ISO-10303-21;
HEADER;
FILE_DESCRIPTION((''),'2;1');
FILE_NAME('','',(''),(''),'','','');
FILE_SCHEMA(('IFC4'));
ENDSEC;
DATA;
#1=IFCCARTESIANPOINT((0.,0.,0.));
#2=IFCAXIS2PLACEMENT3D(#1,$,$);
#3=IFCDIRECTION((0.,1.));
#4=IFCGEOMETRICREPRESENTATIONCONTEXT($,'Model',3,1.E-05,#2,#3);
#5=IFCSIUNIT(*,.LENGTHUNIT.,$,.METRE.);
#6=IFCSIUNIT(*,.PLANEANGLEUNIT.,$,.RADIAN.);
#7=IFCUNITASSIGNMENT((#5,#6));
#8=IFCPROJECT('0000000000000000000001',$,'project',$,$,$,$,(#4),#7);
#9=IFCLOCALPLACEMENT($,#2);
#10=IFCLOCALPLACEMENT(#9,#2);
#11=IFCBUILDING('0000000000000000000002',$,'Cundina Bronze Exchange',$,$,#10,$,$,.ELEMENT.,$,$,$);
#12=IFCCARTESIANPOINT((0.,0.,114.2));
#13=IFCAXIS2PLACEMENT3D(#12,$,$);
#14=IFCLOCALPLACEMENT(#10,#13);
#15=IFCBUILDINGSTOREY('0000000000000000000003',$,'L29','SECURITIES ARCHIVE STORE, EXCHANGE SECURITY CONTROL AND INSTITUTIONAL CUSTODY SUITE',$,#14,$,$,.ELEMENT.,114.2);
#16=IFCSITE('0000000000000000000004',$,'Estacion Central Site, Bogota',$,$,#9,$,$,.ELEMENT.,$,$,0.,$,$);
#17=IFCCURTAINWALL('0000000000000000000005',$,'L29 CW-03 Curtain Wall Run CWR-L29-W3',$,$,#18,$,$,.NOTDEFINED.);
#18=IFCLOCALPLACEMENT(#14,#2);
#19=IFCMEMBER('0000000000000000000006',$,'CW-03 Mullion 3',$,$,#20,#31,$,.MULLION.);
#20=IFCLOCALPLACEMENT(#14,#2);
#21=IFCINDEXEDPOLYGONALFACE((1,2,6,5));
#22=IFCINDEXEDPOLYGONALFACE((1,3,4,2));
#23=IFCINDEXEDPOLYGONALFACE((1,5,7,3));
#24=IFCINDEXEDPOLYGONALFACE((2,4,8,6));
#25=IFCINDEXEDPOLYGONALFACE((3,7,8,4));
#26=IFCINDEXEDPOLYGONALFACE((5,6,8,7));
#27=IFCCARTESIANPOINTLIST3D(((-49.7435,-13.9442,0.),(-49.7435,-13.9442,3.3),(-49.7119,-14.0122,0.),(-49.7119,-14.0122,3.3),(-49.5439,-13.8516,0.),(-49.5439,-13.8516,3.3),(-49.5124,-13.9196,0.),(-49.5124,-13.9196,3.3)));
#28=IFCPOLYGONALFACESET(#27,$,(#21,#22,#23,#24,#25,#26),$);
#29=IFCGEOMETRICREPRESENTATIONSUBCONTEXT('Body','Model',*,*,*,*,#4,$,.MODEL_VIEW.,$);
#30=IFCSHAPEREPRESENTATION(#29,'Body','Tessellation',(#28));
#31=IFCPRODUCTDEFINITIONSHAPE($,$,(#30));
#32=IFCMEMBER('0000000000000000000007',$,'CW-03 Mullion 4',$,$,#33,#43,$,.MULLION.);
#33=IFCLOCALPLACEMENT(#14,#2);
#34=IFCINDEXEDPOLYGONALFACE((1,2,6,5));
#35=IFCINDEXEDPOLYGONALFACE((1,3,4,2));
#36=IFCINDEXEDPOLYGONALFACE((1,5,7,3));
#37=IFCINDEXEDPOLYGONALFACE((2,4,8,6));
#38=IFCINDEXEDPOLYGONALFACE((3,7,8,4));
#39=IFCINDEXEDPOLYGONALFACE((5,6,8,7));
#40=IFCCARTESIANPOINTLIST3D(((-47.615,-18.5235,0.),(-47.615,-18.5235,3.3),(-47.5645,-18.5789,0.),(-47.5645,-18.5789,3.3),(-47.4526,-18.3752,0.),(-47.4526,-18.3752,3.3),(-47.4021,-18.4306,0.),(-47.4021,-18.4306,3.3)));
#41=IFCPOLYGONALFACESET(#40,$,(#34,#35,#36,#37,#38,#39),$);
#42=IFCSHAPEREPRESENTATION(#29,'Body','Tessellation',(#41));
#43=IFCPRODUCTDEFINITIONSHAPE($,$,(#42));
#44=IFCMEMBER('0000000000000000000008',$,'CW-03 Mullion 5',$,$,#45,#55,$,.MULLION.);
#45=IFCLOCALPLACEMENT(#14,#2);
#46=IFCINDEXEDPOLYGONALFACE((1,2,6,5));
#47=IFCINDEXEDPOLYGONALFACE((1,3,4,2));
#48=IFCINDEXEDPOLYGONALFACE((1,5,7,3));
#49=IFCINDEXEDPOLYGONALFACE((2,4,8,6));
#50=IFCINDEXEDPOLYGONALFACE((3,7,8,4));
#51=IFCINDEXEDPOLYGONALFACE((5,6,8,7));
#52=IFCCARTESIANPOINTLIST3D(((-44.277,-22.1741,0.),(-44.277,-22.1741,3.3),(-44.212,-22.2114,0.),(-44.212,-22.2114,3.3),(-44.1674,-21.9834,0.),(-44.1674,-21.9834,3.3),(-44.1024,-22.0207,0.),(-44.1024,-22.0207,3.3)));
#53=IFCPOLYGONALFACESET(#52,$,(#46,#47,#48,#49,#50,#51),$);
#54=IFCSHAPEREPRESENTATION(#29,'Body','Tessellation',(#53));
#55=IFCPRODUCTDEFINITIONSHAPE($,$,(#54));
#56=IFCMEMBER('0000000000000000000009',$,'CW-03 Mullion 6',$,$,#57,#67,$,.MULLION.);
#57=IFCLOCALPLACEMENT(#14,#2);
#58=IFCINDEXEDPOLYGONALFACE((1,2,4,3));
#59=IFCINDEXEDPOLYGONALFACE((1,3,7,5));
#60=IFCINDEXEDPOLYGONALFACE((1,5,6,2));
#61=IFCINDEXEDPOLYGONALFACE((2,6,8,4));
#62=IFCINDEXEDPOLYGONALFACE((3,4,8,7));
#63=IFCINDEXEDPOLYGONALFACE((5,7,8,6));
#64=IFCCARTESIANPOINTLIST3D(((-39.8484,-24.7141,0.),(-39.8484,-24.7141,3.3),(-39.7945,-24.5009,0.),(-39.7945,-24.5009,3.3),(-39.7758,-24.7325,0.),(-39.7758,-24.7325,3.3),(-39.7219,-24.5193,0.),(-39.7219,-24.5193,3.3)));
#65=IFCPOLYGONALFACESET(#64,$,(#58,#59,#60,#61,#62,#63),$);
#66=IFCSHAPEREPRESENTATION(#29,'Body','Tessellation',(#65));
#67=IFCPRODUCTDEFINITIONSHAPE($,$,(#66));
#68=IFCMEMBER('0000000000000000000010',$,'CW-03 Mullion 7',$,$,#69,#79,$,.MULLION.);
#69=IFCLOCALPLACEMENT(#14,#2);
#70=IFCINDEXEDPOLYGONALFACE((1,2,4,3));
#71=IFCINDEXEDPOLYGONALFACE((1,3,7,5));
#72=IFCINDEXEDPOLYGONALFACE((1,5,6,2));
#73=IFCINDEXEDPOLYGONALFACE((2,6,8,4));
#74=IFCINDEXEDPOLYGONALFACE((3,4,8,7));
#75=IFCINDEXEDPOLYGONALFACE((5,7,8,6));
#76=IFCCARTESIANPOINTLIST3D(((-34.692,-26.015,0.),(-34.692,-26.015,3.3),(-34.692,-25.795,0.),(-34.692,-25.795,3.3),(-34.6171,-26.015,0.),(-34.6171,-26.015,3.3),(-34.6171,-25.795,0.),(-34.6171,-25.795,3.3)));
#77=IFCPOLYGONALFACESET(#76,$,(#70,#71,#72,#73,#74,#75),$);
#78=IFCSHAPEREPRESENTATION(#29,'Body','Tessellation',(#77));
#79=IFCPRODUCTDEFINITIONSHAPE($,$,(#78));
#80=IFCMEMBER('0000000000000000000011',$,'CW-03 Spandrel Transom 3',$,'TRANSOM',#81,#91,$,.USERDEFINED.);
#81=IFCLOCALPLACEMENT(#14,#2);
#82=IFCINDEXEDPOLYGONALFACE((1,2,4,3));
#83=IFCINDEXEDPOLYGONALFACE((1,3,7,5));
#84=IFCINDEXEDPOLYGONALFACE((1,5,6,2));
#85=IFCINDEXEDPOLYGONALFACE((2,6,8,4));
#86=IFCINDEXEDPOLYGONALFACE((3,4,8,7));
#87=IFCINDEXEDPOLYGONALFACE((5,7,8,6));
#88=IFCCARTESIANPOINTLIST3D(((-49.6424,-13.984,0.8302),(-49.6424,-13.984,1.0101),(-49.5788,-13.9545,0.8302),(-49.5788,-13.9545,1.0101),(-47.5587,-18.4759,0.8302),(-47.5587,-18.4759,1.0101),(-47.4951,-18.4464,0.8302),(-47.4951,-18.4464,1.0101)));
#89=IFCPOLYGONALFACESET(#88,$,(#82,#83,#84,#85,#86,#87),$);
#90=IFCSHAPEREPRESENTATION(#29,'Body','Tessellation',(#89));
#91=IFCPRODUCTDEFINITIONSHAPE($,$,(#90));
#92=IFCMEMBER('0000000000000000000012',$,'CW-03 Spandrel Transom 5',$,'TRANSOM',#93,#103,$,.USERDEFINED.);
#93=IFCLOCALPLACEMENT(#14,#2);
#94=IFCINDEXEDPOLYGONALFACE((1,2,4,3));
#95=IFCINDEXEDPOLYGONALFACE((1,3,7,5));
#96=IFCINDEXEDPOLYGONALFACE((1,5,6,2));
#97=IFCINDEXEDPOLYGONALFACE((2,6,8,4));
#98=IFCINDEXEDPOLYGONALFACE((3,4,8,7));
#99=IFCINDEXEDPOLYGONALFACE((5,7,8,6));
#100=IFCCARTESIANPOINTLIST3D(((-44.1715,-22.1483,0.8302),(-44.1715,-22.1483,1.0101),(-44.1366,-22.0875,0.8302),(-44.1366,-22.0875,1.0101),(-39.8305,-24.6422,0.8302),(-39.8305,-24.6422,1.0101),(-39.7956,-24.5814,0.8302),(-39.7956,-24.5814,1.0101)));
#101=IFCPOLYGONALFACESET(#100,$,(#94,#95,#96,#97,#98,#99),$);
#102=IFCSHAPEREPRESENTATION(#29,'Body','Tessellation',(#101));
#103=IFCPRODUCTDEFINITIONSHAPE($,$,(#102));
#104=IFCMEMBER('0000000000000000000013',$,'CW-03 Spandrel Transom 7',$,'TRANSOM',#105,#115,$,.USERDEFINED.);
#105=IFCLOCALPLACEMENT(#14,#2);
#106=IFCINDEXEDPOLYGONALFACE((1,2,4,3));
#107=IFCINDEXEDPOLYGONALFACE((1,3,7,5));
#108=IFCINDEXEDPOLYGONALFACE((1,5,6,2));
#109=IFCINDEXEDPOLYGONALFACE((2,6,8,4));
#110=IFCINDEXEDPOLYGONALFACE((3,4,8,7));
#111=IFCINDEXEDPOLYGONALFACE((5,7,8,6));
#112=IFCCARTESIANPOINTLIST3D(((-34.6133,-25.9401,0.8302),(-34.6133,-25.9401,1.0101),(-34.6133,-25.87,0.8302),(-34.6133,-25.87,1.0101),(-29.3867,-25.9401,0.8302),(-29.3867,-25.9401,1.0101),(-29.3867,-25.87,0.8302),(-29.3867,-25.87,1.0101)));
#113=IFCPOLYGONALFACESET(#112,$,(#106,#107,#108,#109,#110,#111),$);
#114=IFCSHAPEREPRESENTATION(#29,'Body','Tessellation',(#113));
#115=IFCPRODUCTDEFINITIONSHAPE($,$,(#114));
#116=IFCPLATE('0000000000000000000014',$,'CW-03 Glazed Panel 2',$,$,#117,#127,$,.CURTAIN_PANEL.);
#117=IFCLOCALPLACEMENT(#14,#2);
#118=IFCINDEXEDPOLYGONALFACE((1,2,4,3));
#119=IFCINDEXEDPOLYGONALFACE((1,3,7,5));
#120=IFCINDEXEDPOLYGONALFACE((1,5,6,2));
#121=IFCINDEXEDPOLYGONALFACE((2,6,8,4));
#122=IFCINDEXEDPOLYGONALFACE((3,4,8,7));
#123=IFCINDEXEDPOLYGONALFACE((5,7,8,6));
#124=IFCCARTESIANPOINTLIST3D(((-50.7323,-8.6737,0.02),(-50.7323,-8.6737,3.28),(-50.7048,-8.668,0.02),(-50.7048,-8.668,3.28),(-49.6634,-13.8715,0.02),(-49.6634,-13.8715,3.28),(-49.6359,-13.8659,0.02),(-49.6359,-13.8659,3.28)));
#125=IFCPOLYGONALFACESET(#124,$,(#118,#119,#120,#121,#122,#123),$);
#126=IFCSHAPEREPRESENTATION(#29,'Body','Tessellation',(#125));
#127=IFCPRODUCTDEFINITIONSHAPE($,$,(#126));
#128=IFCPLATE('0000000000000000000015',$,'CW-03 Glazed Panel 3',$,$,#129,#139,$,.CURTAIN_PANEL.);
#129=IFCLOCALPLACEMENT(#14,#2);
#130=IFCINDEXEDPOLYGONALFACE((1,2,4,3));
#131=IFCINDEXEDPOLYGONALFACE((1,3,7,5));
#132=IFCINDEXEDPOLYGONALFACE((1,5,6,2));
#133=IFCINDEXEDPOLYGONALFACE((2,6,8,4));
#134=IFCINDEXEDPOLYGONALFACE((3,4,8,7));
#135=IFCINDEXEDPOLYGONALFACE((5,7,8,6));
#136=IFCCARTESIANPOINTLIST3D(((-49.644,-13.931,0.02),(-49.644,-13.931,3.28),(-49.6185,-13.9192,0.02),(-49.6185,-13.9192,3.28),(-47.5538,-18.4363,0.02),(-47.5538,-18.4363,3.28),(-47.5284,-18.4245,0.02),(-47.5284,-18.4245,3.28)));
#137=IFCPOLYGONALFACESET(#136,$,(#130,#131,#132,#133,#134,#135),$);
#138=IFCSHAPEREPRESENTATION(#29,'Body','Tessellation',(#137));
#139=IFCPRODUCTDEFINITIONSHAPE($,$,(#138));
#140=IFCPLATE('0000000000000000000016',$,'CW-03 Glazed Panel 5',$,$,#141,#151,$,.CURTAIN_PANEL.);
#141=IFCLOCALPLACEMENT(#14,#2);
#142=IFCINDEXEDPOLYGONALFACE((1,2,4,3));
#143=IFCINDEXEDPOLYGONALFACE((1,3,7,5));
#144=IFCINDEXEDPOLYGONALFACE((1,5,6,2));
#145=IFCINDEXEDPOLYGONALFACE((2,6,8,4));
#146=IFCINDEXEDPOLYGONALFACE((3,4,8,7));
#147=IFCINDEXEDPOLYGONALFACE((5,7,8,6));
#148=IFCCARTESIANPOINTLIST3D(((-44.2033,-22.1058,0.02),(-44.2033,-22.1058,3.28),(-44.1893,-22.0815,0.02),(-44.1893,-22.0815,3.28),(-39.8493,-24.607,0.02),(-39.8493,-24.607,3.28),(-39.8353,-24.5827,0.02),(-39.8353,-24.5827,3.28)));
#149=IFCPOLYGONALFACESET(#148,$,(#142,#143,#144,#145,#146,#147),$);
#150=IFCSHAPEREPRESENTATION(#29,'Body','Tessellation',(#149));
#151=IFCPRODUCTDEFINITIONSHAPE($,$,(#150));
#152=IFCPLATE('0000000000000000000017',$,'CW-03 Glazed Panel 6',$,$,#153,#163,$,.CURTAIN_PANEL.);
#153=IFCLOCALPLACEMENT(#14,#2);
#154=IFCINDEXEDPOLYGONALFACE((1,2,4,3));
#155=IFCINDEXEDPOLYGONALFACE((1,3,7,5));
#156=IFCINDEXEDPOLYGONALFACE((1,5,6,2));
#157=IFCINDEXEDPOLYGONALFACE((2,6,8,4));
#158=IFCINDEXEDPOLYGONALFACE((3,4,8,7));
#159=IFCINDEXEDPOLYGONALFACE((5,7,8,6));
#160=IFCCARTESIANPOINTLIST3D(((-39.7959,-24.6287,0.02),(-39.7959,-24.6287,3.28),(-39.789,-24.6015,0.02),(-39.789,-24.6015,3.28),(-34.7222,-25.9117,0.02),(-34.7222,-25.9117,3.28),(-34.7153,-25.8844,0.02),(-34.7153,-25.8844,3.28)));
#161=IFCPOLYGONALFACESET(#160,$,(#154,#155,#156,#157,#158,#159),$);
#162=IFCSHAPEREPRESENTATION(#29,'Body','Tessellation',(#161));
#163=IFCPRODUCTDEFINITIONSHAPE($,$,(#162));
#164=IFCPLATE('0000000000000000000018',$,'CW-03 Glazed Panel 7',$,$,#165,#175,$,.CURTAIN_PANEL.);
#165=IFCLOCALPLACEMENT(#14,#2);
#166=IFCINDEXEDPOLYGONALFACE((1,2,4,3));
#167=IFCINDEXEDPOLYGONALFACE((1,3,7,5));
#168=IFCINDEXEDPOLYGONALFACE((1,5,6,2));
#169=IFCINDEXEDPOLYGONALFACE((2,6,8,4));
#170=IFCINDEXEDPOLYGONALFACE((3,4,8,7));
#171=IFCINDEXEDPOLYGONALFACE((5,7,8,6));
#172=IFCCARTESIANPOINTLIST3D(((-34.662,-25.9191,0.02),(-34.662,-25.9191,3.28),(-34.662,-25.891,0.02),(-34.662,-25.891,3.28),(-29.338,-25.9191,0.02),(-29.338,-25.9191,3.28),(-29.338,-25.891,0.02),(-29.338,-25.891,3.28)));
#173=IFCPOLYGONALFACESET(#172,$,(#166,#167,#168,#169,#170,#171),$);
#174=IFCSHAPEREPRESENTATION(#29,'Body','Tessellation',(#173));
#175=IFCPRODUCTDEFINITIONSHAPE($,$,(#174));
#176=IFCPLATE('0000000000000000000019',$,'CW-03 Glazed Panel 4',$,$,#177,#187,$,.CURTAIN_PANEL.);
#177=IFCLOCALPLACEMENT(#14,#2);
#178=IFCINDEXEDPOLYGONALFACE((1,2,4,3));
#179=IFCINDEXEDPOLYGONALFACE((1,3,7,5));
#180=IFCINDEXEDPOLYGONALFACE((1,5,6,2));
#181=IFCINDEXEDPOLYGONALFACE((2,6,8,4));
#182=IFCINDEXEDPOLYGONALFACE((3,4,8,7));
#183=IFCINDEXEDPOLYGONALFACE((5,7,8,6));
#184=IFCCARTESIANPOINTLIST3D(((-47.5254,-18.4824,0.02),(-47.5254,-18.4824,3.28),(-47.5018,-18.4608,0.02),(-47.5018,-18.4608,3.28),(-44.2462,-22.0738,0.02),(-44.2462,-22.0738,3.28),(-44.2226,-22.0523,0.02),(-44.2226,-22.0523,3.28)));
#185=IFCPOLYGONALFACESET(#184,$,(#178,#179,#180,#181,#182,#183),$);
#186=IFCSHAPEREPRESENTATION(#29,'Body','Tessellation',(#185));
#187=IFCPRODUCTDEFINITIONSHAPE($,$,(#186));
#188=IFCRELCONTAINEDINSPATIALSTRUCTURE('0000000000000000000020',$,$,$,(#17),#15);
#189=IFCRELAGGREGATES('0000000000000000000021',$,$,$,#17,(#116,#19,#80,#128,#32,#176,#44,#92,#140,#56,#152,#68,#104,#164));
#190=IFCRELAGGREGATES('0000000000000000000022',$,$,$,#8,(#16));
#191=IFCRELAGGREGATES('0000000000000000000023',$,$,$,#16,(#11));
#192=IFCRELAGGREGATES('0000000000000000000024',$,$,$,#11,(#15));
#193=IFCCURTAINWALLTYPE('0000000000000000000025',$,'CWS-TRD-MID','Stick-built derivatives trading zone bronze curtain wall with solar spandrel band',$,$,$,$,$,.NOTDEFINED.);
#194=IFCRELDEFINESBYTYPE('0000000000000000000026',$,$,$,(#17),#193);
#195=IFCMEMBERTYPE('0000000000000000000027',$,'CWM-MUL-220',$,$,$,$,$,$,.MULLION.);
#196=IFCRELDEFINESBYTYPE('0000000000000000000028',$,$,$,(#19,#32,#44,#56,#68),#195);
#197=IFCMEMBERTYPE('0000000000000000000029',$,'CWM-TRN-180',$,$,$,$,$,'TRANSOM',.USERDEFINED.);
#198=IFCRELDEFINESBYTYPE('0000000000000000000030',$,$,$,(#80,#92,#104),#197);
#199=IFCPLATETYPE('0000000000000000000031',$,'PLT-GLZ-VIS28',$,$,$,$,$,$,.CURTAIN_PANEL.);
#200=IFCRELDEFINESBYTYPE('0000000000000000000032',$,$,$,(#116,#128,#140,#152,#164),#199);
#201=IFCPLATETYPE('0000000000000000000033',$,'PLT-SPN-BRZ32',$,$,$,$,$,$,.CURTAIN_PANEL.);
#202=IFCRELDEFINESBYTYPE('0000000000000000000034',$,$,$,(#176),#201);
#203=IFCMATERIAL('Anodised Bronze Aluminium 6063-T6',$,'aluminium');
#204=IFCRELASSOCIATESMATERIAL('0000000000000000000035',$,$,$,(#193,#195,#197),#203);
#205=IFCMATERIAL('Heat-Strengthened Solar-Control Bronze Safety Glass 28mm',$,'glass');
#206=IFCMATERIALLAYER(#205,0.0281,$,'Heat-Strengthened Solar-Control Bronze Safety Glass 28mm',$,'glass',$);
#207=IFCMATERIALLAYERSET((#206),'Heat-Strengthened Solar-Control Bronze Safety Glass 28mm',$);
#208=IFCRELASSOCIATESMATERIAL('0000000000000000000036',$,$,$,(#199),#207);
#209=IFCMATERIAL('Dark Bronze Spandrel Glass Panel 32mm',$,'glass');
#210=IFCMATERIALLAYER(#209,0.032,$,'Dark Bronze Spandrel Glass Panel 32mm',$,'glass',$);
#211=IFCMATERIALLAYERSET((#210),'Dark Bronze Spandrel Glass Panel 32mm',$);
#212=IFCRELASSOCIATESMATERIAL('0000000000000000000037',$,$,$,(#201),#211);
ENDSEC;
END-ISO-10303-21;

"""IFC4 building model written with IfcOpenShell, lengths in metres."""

from ifc_helpers import new_model, si_unit, direction, frame, origin, origin_2d, place, context, subcontext, project, spatial, rectangle, extrude, material, layer, layer_set, material_profile, profile_set, type_object, element, aggregate, save


model = new_model("IFC4")

# Units and contexts
model_context = context("Model", 3, precision=1e-05, world=origin(), true_north=direction((0.0, 1.0)))
body_context = subcontext(model_context, "Body", "Model", "MODEL_VIEW")
ifc_project = project(units=[si_unit("LENGTHUNIT", "METRE"), si_unit("PLANEANGLEUNIT", "RADIAN")], contexts=[model_context])

# Site, building, storey
site_placement = place(None, origin())
site = spatial("IfcSite", under=ifc_project, at=site_placement, Name="Estacion Central Site, Bogota", CompositionType="ELEMENT", RefElevation=0.0)
building_placement = place(site_placement, origin())
building = spatial("IfcBuilding", under=site, at=building_placement, Name="Cundina Bronze Exchange", CompositionType="ELEMENT")
storey_placement = place(building_placement, frame((0.0, 0.0, 114.2)))
storey = spatial("IfcBuildingStorey", under=building, at=storey_placement, Name="L29", Description="SECURITIES ARCHIVE STORE, EXCHANGE SECURITY CONTROL AND INSTITUTIONAL CUSTODY SUITE", CompositionType="ELEMENT", Elevation=114.2)

# Curtain wall, members, plates
ifc_material_1 = material(Name="Anodised Bronze Aluminium 6063-T6", Category="aluminium")
curtain_wall_type = type_object("IfcCurtainWallType", Name="CWS-TRD-MID", Description="Stick-built derivatives trading zone bronze curtain wall with solar spandrel band", PredefinedType="NOTDEFINED", material=ifc_material_1)
curtain_wall_placement = place(storey_placement, origin())
curtain_wall = element("IfcCurtainWall", 1, at=curtain_wall_placement, inside=storey, type_object=curtain_wall_type, Name="L29 CW-03 Curtain Wall Run CWR-L29-W3", PredefinedType="NOTDEFINED")
ifc_material_profile_1 = material_profile(ifc_material_1, rectangle(XDim=0.075, YDim=0.22, at=origin_2d()), Name="AL75X220", Category="aluminium")
ifc_profile_set_1 = profile_set([ifc_material_profile_1], Name="Anodised Bronze Aluminium 6063-T6")
member_type_1 = type_object("IfcMemberType", Name="CWM-MUL-220", PredefinedType="MULLION", material=ifc_profile_set_1)
member_1_placement = place(storey_placement, frame((-49.6279, -13.9319, 0.0), z_axis=(0.0, 0.0, 1.0), x_axis=(0.420877, -0.907117, 0.0)))
member_1 = element("IfcMember", 2, at=member_1_placement, type_object=member_type_1, Name="CW-03 Mullion 3", PredefinedType="MULLION", context=body_context, shape_type="SweptSolid", body=[
    extrude(rectangle(XDim=0.075, YDim=0.22, at=origin_2d()), origin(), (0.0, 0.0, 1.0), 3.3),
])
member_2_placement = place(storey_placement, frame((-47.5085, -18.4771, 0.0), z_axis=(0.0, 0.0, 1.0), x_axis=(0.674302, -0.738455, 0.0)))
member_2 = element("IfcMember", 3, at=member_2_placement, type_object=member_type_1, Name="CW-03 Mullion 4", PredefinedType="MULLION", context=body_context, shape_type="SweptSolid", body=[
    extrude(rectangle(XDim=0.075, YDim=0.22, at=origin_2d()), origin(), (0.0, 0.0, 1.0), 3.3),
])
member_3_placement = place(storey_placement, frame((-44.1897, -22.0974, 0.0), z_axis=(0.0, 0.0, 1.0), x_axis=(0.867071, -0.498185, 0.0)))
member_3 = element("IfcMember", 4, at=member_3_placement, type_object=member_type_1, Name="CW-03 Mullion 5", PredefinedType="MULLION", context=body_context, shape_type="SweptSolid", body=[
    extrude(rectangle(XDim=0.075, YDim=0.22, at=origin_2d()), origin(), (0.0, 0.0, 1.0), 3.3),
])
member_4_placement = place(storey_placement, frame((-39.7852, -24.6167, 0.0), z_axis=(0.0, 0.0, 1.0), x_axis=(0.969488, -0.245138, 0.0)))
member_4 = element("IfcMember", 5, at=member_4_placement, type_object=member_type_1, Name="CW-03 Mullion 6", PredefinedType="MULLION", context=body_context, shape_type="SweptSolid", body=[
    extrude(rectangle(XDim=0.075, YDim=0.22, at=origin_2d()), origin(), (0.0, 0.0, 1.0), 3.3),
])
member_5_placement = place(storey_placement, frame((-34.6545, -25.905, 0.0), z_axis=(0.0, 0.0, 1.0), x_axis=(1.0, 0.0, 0.0)))
member_5 = element("IfcMember", 6, at=member_5_placement, type_object=member_type_1, Name="CW-03 Mullion 7", PredefinedType="MULLION", context=body_context, shape_type="SweptSolid", body=[
    extrude(rectangle(XDim=0.075, YDim=0.22, at=origin_2d()), origin(), (0.0, 0.0, 1.0), 3.3),
])
ifc_material_profile_2 = material_profile(ifc_material_1, rectangle(XDim=0.0701, YDim=0.1799, at=origin_2d()), Name="AL70X180", Category="aluminium")
ifc_profile_set_2 = profile_set([ifc_material_profile_2], Name="Anodised Bronze Aluminium 6063-T6")
member_type_2 = type_object("IfcMemberType", Name="CWM-TRN-180", ElementType="TRANSOM", PredefinedType="USERDEFINED", material=ifc_profile_set_2)
member_6_placement = place(storey_placement, frame((-49.6106, -13.9692, 0.9202), z_axis=(0.420811, -0.907148, 0.0), x_axis=(0.907148, 0.420811, 0.0)))
member_6 = element("IfcMember", 7, at=member_6_placement, type_object=member_type_2, Name="CW-03 Spandrel Transom 3", ObjectType="TRANSOM", PredefinedType="USERDEFINED", context=body_context, shape_type="SweptSolid", body=[
    extrude(rectangle(XDim=0.0701, YDim=0.1799, at=origin_2d()), origin(), (0.0, 0.0, 1.0), 4.9517),
])
member_7_placement = place(storey_placement, frame((-44.1541, -22.1179, 0.9202), z_axis=(0.867097, -0.498139, 0.0), x_axis=(0.498139, 0.867097, 0.0)))
member_7 = element("IfcMember", 8, at=member_7_placement, type_object=member_type_2, Name="CW-03 Spandrel Transom 5", ObjectType="TRANSOM", PredefinedType="USERDEFINED", context=body_context, shape_type="SweptSolid", body=[
    extrude(rectangle(XDim=0.0701, YDim=0.1799, at=origin_2d()), origin(), (0.0, 0.0, 1.0), 5.0063),
])
member_8_placement = place(storey_placement, frame((-34.6133, -25.905, 0.9202), z_axis=(1.0, 0.0, 0.0), x_axis=(0.0, 1.0, 0.0)))
member_8 = element("IfcMember", 9, at=member_8_placement, type_object=member_type_2, Name="CW-03 Spandrel Transom 7", ObjectType="TRANSOM", PredefinedType="USERDEFINED", context=body_context, shape_type="SweptSolid", body=[
    extrude(rectangle(XDim=0.0701, YDim=0.1799, at=origin_2d()), origin(), (0.0, 0.0, 1.0), 5.2266),
])
ifc_material_2 = material(Name="Heat-Strengthened Solar-Control Bronze Safety Glass 28mm", Category="glass")
ifc_layer_1 = layer(ifc_material_2, 0.0281, Name="Heat-Strengthened Solar-Control Bronze Safety Glass 28mm", Category="glass")
ifc_layer_set_1 = layer_set([ifc_layer_1], Name="Heat-Strengthened Solar-Control Bronze Safety Glass 28mm")
plate_type_1 = type_object("IfcPlateType", Name="PLT-GLZ-VIS28", PredefinedType="CURTAIN_PANEL", material=ifc_layer_set_1)
plate_1_placement = place(storey_placement, frame((-50.1841, -11.2698, 0.02), z_axis=(0.0, 0.0, 1.0), x_axis=(0.20142, -0.979505, 0.0)))
plate_1 = element("IfcPlate", 10, at=plate_1_placement, type_object=plate_type_1, Name="CW-03 Glazed Panel 2", PredefinedType="CURTAIN_PANEL", context=body_context, shape_type="SweptSolid", body=[
    extrude(rectangle(XDim=5.3066, YDim=0.0281, at=origin_2d()), origin(), (0.0, 0.0, 1.0), 3.26),
])
plate_2_placement = place(storey_placement, frame((-48.5862, -16.1777, 0.02), z_axis=(0.0, 0.0, 1.0), x_axis=(0.420846, -0.907132, 0.0)))
plate_2 = element("IfcPlate", 11, at=plate_2_placement, type_object=plate_type_1, Name="CW-03 Glazed Panel 3", PredefinedType="CURTAIN_PANEL", context=body_context, shape_type="SweptSolid", body=[
    extrude(rectangle(XDim=4.9666, YDim=0.0281, at=origin_2d()), origin(), (0.0, 0.0, 1.0), 3.26),
])
plate_3_placement = place(storey_placement, frame((-42.0193, -23.3442, 0.02), z_axis=(0.0, 0.0, 1.0), x_axis=(0.867105, -0.498125, 0.0)))
plate_3 = element("IfcPlate", 12, at=plate_3_placement, type_object=plate_type_1, Name="CW-03 Glazed Panel 5", PredefinedType="CURTAIN_PANEL", context=body_context, shape_type="SweptSolid", body=[
    extrude(rectangle(XDim=5.0212, YDim=0.0281, at=origin_2d()), origin(), (0.0, 0.0, 1.0), 3.26),
])
plate_4_placement = place(storey_placement, frame((-37.2556, -25.2566, 0.02), z_axis=(0.0, 0.0, 1.0), x_axis=(0.969488, -0.245138, 0.0)))
plate_4 = element("IfcPlate", 13, at=plate_4_placement, type_object=plate_type_1, Name="CW-03 Glazed Panel 6", PredefinedType="CURTAIN_PANEL", context=body_context, shape_type="SweptSolid", body=[
    extrude(rectangle(XDim=5.2334, YDim=0.0281, at=origin_2d()), origin(), (0.0, 0.0, 1.0), 3.26),
])
plate_5_placement = place(storey_placement, frame((-32.0, -25.905, 0.02), z_axis=(0.0, 0.0, 1.0), x_axis=(1.0, 0.0, 0.0)))
plate_5 = element("IfcPlate", 14, at=plate_5_placement, type_object=plate_type_1, Name="CW-03 Glazed Panel 7", PredefinedType="CURTAIN_PANEL", context=body_context, shape_type="SweptSolid", body=[
    extrude(rectangle(XDim=5.324, YDim=0.0281, at=origin_2d()), origin(), (0.0, 0.0, 1.0), 3.26),
])
ifc_material_3 = material(Name="Dark Bronze Spandrel Glass Panel 32mm", Category="glass")
ifc_layer_2 = layer(ifc_material_3, 0.032, Name="Dark Bronze Spandrel Glass Panel 32mm", Category="glass")
ifc_layer_set_2 = layer_set([ifc_layer_2], Name="Dark Bronze Spandrel Glass Panel 32mm")
plate_type_2 = type_object("IfcPlateType", Name="PLT-SPN-BRZ32", PredefinedType="CURTAIN_PANEL", material=ifc_layer_set_2)
plate_6_placement = place(storey_placement, frame((-45.874, -20.2673, 0.02), z_axis=(0.0, 0.0, 1.0), x_axis=(0.674277, -0.738479, 0.0)))
plate_6 = element("IfcPlate", 15, at=plate_6_placement, type_object=plate_type_2, Name="CW-03 Glazed Panel 4", PredefinedType="CURTAIN_PANEL", context=body_context, shape_type="SweptSolid", body=[
    extrude(rectangle(XDim=4.8633, YDim=0.032, at=origin_2d()), origin(), (0.0, 0.0, 1.0), 3.26),
])
aggregate(curtain_wall, [plate_1, member_1, member_6, plate_2, member_2, plate_6, member_3, member_7, plate_3, member_4, plate_4, member_5, member_8, plate_5])

save(model, "model.ifc")
